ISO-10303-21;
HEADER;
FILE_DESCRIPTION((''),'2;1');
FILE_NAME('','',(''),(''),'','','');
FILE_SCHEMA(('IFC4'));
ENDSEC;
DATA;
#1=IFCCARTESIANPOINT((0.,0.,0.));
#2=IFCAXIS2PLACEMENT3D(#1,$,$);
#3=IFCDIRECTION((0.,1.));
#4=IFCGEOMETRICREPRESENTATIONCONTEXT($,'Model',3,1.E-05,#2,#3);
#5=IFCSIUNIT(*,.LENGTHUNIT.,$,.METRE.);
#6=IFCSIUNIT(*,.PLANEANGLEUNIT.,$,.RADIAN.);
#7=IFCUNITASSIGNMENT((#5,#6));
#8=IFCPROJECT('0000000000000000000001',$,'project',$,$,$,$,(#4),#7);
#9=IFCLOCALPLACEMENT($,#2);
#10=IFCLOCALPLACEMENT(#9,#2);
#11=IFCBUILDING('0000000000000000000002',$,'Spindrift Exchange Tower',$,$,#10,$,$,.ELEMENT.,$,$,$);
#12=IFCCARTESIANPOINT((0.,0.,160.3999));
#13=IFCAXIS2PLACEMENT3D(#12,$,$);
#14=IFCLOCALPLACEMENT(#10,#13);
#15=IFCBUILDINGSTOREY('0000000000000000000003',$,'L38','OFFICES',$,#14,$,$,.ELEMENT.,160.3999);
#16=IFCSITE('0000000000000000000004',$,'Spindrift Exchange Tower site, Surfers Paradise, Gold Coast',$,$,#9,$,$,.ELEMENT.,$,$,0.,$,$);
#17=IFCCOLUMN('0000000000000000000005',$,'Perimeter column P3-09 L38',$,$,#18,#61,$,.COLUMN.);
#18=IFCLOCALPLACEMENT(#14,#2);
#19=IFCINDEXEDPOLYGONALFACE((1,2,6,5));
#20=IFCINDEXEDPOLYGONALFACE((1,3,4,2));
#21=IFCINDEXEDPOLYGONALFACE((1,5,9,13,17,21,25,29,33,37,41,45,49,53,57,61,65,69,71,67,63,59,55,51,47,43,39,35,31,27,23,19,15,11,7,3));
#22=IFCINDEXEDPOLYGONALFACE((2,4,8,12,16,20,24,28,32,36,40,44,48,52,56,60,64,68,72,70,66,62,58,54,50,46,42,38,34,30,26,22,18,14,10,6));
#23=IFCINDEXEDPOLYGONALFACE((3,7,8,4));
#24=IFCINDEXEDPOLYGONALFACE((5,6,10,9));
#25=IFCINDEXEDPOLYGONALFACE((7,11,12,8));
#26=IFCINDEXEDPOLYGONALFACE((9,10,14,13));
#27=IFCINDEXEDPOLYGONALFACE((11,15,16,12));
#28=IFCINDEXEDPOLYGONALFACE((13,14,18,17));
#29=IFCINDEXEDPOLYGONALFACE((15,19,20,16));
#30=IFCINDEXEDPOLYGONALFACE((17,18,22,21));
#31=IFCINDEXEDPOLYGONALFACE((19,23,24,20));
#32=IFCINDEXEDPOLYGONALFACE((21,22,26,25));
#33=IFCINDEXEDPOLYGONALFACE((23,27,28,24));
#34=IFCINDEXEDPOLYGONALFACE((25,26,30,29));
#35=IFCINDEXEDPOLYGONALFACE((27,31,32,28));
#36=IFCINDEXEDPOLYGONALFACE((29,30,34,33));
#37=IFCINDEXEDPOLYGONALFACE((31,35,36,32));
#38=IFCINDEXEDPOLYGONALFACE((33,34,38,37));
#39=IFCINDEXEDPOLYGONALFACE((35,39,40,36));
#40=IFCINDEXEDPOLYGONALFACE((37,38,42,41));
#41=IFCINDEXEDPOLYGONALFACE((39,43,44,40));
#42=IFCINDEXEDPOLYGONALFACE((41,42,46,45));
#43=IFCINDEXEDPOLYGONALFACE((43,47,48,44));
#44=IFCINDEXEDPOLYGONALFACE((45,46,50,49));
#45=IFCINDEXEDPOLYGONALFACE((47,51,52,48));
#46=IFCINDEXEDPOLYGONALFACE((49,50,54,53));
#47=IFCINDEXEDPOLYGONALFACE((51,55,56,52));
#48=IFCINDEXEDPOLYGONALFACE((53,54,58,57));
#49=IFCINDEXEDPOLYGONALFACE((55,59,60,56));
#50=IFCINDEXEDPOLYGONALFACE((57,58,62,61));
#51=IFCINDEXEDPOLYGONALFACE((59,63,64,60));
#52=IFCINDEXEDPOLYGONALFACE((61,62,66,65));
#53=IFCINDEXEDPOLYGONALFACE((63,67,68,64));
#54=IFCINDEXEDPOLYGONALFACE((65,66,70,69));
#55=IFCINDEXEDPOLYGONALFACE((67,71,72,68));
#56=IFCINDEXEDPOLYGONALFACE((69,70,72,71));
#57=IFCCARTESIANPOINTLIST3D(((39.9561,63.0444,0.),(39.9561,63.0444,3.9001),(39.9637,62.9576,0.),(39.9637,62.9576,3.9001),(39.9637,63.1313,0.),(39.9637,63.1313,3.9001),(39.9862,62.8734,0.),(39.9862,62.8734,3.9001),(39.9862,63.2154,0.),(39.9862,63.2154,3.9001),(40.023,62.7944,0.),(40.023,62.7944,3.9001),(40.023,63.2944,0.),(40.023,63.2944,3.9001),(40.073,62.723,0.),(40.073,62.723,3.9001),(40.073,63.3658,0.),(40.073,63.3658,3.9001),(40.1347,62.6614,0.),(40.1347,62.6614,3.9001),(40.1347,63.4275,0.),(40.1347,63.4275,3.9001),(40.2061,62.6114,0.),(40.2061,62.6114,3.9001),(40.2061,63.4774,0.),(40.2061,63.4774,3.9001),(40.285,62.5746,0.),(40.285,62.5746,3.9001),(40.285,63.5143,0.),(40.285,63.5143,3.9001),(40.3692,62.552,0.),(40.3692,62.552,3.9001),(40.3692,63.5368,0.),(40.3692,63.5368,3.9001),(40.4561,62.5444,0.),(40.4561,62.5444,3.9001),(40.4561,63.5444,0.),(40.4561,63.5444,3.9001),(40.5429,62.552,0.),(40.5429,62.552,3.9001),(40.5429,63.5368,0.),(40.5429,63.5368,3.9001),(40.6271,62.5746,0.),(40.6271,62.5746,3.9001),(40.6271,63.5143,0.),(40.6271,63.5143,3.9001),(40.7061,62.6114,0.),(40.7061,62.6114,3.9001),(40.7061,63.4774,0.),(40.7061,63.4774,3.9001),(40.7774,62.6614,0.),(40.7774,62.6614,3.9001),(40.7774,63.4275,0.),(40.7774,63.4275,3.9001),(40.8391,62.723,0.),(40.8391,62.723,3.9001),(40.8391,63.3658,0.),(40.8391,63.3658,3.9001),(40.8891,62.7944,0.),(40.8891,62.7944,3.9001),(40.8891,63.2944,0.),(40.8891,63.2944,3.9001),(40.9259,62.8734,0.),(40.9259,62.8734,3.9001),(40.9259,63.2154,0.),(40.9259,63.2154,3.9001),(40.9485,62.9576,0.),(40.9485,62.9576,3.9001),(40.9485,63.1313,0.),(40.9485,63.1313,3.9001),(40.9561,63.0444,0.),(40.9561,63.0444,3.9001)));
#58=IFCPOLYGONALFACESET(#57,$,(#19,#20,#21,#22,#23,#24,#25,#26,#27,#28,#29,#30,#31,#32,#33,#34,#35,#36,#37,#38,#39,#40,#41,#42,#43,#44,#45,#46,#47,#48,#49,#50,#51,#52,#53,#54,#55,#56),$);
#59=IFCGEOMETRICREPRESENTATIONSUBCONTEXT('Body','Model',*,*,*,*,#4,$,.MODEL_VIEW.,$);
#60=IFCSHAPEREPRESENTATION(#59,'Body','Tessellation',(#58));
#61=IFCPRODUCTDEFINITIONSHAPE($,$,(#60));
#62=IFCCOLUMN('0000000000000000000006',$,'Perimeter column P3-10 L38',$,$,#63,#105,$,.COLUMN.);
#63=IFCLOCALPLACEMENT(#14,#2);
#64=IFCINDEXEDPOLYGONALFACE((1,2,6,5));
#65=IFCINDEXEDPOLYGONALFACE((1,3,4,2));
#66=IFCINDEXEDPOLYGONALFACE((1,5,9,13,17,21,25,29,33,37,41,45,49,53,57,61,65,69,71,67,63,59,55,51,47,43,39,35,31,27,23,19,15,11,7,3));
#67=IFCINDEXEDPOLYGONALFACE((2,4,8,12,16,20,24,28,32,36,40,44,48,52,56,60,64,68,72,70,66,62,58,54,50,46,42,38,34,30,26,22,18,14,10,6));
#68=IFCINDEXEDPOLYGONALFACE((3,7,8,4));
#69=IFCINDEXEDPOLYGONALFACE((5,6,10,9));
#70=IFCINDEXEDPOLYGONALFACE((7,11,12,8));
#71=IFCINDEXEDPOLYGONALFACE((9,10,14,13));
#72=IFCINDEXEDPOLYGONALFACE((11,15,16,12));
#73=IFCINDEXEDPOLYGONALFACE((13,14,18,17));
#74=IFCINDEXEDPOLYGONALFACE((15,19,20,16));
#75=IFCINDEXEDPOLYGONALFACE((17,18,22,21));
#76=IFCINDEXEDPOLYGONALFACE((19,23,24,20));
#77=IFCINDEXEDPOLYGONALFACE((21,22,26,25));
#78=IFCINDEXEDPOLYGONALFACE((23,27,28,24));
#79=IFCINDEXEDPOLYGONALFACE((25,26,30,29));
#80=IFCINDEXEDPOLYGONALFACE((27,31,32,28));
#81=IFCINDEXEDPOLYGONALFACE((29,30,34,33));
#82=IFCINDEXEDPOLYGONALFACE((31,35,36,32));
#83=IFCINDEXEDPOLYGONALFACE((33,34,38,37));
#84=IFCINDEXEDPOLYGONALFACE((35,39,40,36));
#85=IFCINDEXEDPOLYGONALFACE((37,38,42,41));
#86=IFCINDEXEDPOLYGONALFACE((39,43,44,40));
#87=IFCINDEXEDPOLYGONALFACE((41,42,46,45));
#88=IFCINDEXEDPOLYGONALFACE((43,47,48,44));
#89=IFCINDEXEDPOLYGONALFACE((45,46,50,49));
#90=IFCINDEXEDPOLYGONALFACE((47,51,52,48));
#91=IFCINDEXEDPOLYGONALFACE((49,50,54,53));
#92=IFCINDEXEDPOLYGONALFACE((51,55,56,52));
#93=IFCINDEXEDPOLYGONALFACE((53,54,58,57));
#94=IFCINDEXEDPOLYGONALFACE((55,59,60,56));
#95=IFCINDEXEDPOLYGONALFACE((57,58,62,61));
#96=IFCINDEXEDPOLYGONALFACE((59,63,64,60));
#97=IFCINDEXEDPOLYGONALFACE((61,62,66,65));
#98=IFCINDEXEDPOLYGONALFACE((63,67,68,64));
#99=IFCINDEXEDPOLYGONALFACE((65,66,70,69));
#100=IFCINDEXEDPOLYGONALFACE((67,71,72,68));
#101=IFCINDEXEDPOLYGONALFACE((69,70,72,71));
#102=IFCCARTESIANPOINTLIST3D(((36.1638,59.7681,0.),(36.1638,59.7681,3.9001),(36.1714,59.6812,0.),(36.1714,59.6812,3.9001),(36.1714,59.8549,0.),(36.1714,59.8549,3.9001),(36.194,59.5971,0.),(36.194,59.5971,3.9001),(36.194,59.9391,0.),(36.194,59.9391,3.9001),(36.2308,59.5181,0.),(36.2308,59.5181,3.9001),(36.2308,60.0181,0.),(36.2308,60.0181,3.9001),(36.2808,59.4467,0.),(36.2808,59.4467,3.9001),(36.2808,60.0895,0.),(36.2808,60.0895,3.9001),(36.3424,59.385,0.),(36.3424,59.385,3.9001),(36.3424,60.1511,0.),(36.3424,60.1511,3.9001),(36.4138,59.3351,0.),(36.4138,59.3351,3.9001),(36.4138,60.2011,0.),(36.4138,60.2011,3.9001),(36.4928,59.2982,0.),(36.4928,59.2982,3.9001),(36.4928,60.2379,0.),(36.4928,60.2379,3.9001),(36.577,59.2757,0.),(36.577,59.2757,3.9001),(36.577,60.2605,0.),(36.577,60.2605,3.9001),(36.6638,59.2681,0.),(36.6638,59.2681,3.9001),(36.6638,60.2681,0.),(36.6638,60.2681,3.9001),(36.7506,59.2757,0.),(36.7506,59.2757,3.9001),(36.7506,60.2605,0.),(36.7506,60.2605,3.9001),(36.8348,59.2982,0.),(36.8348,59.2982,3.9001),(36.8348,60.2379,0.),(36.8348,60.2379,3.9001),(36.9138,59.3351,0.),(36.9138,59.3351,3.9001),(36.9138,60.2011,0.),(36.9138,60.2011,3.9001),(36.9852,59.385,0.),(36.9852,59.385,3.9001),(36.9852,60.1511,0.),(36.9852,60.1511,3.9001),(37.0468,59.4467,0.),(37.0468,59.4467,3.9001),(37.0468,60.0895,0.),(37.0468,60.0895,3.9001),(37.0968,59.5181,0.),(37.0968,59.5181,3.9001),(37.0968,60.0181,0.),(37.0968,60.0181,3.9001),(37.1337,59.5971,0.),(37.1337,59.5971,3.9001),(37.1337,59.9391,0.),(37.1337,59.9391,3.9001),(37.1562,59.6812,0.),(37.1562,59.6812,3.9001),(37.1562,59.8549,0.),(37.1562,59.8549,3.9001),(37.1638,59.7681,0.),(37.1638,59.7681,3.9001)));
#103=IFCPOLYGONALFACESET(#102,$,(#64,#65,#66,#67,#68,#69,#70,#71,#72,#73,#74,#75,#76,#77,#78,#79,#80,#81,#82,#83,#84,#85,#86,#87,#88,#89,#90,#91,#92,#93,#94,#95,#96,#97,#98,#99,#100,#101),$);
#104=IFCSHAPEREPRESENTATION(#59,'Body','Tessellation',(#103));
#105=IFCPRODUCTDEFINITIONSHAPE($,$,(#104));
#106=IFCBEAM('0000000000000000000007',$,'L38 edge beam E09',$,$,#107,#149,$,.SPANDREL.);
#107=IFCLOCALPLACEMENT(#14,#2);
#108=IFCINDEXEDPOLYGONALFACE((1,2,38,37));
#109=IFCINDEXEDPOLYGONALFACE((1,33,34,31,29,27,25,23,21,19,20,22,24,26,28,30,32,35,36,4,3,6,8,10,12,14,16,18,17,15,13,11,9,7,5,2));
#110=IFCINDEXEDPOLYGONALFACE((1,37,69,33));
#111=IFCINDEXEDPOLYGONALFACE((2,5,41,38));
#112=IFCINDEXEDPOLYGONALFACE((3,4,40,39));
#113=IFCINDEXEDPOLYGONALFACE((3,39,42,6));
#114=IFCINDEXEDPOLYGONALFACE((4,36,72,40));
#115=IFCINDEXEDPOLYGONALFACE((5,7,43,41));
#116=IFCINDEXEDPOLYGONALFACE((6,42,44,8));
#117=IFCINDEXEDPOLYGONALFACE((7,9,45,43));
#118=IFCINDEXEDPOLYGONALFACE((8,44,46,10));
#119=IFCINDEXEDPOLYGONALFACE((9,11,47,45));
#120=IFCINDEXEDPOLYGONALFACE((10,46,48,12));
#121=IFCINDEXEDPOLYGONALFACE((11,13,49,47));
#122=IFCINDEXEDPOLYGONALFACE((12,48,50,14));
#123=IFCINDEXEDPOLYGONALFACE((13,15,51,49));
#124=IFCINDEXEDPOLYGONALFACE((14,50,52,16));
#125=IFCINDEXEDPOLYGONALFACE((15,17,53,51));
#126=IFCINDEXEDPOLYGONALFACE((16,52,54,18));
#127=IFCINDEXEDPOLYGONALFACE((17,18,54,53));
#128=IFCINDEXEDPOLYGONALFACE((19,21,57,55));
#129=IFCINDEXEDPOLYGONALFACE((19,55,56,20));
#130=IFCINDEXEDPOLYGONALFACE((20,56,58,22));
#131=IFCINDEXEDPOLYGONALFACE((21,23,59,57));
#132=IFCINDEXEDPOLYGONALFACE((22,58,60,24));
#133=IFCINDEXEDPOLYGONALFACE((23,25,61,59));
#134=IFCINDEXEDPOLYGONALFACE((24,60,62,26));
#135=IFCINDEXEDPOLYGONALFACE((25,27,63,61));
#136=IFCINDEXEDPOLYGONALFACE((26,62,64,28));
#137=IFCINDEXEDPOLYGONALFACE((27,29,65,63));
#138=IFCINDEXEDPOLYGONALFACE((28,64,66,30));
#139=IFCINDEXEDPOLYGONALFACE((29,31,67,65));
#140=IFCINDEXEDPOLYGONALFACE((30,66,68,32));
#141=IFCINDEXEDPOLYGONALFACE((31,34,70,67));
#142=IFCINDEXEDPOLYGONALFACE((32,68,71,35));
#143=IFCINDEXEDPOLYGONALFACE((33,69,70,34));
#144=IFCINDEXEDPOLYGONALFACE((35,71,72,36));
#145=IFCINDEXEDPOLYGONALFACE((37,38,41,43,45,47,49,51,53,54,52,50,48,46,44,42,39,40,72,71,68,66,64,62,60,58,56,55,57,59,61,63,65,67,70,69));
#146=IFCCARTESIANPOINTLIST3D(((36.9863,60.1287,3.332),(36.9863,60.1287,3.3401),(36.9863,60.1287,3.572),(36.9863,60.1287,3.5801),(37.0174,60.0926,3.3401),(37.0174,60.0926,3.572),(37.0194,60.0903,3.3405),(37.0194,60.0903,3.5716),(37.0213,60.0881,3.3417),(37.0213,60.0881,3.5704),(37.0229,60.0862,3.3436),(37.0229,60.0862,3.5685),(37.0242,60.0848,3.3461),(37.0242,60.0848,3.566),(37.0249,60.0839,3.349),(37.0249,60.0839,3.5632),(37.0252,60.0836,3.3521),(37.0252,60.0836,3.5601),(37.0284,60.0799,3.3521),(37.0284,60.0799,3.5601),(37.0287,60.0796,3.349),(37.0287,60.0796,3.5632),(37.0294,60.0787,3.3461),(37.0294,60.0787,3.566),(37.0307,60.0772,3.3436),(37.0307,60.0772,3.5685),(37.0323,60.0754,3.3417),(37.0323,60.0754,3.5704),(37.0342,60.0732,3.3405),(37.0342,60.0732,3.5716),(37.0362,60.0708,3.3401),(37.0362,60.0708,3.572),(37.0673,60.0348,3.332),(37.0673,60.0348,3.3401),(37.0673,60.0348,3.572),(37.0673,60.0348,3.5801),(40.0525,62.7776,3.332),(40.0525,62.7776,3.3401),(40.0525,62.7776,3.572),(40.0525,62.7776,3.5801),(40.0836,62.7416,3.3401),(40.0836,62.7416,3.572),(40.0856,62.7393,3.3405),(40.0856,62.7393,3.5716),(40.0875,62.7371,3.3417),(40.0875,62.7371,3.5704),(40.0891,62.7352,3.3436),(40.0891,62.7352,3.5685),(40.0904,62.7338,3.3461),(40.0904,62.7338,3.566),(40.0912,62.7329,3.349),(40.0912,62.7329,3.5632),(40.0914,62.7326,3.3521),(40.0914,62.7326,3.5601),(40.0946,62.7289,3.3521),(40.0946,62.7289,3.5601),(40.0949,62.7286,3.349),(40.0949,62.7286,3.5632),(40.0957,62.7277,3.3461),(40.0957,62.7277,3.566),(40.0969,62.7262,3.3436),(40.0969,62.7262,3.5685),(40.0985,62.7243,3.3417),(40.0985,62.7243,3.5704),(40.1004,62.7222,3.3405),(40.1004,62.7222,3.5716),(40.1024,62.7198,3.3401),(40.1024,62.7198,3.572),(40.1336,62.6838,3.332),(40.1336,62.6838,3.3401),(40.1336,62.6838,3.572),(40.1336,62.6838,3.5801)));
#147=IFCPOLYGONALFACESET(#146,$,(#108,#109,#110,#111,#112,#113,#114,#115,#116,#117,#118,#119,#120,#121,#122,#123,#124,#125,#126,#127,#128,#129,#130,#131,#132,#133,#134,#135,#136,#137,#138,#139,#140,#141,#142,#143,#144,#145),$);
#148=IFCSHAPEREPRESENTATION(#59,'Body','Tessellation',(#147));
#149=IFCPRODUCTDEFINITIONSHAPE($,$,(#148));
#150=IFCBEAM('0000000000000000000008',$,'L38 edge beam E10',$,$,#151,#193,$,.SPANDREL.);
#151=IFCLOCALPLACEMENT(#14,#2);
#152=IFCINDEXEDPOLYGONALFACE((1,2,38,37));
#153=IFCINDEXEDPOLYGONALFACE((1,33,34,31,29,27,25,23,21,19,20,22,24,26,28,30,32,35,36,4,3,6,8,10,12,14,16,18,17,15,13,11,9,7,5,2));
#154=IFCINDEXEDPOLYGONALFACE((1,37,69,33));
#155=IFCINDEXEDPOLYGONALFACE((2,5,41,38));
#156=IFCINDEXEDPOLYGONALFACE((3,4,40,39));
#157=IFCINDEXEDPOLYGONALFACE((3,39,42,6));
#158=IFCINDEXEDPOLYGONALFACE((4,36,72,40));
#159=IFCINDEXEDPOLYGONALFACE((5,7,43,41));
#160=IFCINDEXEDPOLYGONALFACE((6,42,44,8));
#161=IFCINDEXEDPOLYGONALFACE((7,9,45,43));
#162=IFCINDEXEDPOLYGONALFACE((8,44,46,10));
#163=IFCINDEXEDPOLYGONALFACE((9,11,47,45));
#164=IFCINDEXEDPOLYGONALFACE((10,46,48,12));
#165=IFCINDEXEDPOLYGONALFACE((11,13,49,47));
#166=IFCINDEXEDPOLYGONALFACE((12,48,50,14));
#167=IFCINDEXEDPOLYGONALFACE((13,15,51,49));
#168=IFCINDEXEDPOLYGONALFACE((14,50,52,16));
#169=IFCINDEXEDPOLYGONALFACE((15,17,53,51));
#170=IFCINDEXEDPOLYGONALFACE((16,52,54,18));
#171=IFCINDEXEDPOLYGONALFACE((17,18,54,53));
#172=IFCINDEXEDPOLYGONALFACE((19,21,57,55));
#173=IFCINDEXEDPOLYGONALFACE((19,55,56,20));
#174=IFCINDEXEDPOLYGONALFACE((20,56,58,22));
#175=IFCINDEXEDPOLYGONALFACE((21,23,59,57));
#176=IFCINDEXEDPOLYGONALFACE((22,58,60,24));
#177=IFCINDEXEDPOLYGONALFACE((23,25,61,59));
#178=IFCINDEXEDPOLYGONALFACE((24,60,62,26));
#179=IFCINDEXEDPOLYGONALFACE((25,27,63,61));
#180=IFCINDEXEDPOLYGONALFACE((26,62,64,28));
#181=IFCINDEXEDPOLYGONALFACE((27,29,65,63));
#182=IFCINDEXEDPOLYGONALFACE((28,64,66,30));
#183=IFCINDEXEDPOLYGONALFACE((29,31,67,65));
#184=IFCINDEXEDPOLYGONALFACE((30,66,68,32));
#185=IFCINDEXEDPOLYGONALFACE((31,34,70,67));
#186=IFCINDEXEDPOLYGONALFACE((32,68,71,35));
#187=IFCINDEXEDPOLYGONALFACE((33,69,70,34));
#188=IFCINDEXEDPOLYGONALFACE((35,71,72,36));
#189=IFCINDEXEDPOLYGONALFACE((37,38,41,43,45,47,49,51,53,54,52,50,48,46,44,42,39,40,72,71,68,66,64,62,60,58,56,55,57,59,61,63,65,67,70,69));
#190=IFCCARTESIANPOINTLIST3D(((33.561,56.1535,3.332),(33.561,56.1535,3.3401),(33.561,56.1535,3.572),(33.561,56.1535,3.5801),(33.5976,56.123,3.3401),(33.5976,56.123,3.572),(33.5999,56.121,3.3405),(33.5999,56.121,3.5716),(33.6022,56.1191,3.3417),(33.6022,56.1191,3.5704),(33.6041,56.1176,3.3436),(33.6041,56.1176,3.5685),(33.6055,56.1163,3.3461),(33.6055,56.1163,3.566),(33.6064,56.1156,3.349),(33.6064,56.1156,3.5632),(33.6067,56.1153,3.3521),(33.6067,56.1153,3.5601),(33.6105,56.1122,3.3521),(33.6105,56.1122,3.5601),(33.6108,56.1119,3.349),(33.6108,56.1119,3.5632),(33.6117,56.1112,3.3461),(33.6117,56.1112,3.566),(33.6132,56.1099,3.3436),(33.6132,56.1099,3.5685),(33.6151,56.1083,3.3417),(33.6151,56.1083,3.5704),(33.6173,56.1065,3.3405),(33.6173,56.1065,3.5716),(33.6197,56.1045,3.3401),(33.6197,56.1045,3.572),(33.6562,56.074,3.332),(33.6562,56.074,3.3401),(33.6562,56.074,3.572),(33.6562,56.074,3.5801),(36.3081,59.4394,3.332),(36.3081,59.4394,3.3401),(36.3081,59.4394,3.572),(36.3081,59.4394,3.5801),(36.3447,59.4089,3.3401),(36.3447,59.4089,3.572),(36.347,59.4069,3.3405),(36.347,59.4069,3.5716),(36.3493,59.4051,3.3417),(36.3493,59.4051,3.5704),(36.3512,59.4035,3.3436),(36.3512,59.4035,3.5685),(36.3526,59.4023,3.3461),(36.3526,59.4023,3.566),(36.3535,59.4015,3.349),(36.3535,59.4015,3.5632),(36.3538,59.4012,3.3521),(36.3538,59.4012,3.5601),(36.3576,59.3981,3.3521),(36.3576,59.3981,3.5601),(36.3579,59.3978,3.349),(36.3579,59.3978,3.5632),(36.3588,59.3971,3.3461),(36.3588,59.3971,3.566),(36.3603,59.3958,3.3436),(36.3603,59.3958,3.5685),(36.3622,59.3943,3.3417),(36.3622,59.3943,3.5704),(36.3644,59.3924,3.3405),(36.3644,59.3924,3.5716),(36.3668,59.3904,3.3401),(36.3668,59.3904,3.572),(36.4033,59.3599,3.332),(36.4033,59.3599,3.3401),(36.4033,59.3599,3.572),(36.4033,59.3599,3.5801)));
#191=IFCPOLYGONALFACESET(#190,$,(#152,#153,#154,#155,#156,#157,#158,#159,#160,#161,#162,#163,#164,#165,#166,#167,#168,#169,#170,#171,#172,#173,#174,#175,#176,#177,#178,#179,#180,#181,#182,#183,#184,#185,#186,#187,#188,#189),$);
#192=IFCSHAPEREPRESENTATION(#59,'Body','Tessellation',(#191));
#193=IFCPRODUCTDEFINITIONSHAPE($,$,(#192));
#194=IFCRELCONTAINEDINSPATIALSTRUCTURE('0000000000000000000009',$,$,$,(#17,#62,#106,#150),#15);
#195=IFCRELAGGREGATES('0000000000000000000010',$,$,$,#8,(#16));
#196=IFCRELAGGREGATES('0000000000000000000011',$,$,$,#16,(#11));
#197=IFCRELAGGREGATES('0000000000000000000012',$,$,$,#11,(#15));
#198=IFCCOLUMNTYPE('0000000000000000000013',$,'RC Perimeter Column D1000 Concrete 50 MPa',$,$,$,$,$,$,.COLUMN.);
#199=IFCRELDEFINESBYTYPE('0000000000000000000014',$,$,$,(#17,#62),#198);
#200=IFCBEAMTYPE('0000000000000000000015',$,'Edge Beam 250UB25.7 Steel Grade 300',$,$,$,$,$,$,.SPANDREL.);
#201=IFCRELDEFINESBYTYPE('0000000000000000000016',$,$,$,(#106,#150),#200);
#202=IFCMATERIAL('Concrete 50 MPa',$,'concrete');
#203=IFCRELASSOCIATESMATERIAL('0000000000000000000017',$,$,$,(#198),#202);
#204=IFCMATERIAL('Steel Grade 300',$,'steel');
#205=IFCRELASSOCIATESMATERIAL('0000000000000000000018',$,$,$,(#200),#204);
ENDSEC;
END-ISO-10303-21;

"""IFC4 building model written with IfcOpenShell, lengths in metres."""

from ifc_helpers import new_model, si_unit, direction, frame, origin, origin_2d, place, context, subcontext, project, spatial, circle, i_section, extrude, source, transform, mapped, material, material_profile, profile_set, type_object, element, save


model = new_model("IFC4")

# Units and contexts
model_context = context("Model", 3, precision=1e-05, world=origin(), true_north=direction((0.0, 1.0)))
body_context = subcontext(model_context, "Body", "Model", "MODEL_VIEW")
ifc_project = project(units=[si_unit("LENGTHUNIT", "METRE"), si_unit("PLANEANGLEUNIT", "RADIAN")], contexts=[model_context])

# Site, building, storey
site_placement = place(None, origin())
site = spatial("IfcSite", under=ifc_project, at=site_placement, Name="Spindrift Exchange Tower site, Surfers Paradise, Gold Coast", CompositionType="ELEMENT", RefElevation=0.0)
building_placement = place(site_placement, origin())
building = spatial("IfcBuilding", under=site, at=building_placement, Name="Spindrift Exchange Tower", CompositionType="ELEMENT")
storey_placement = place(building_placement, frame((0.0, 0.0, 160.3999)))
storey = spatial("IfcBuildingStorey", under=building, at=storey_placement, Name="L38", Description="OFFICES", CompositionType="ELEMENT", Elevation=160.3999)

# Columns
ifc_material_1 = material(Name="Concrete 50 MPa", Category="concrete")
ifc_material_profile_1 = material_profile(ifc_material_1, circle(Radius=0.5, at=origin_2d()), Name="RC D1000")
ifc_profile_set_1 = profile_set([ifc_material_profile_1], Name="Concrete 50 MPa")
column_type = type_object("IfcColumnType", Name="RC Perimeter Column D1000 Concrete 50 MPa", PredefinedType="COLUMN", material=ifc_profile_set_1)
shared_shape_1 = source(origin(), body_context, "Body", "SweptSolid", [
    extrude(circle(Radius=0.5, at=origin_2d()), origin(), (0.0, 0.0, 1.0), 3.9001),
])
for number, where, z_axis, x_axis, name in (
    (1, (40.4561, 63.0444, 0.0), (0.0, 0.0, 1.0), (1.0, 0.0, 0.0), "Perimeter column P3-09 L38"),
    (2, (36.6638, 59.7681, 0.0), (0.0, 0.0, 1.0), (1.0, 0.0, 0.0), "Perimeter column P3-10 L38"),
):
    element("IfcColumn", number, at=place(storey_placement, frame(where, z_axis=z_axis, x_axis=x_axis)), inside=storey, type_object=column_type, Name=name, PredefinedType="COLUMN", context=body_context, shape_type="MappedRepresentation", body=[
        mapped(shared_shape_1, transform((0.0, 0.0, 0.0), scale=1.0)),
    ])

# Beams
ifc_material_2 = material(Name="Steel Grade 300", Category="steel")
ifc_material_profile_2 = material_profile(ifc_material_2, i_section(OverallWidth=0.124, OverallDepth=0.248, WebThickness=0.0049, FlangeThickness=0.0081, FilletRadius=0.012, at=origin_2d()), Name="250UB25.7")
ifc_profile_set_2 = profile_set([ifc_material_profile_2], Name="Steel Grade 300")
beam_type = type_object("IfcBeamType", Name="Edge Beam 250UB25.7 Steel Grade 300", PredefinedType="SPANDREL", material=ifc_profile_set_2)
shared_shape_2 = source(origin(), body_context, "Body", "SweptSolid", [
    extrude(i_section(OverallWidth=0.124, OverallDepth=0.248, WebThickness=0.0049, FlangeThickness=0.0081, FilletRadius=0.012, at=origin_2d()), origin(), (0.0, 0.0, 1.0), 4.052),
])
beam_1_placement = place(storey_placement, frame((40.093, 62.7307, 3.4561), z_axis=(-0.756716, -0.653744, 0.0), x_axis=(0.653744, -0.756716, 0.0)))
element("IfcBeam", 3, at=beam_1_placement, inside=storey, type_object=beam_type, Name="L38 edge beam E09", PredefinedType="SPANDREL", context=body_context, shape_type="MappedRepresentation", body=[
    mapped(shared_shape_2, transform((0.0, 0.0, 0.0), scale=1.0)),
])
shared_shape_3 = source(origin(), body_context, "Body", "SweptSolid", [
    extrude(i_section(OverallWidth=0.124, OverallDepth=0.248, WebThickness=0.0049, FlangeThickness=0.0081, FilletRadius=0.012, at=origin_2d()), origin(), (0.0, 0.0, 1.0), 4.283),
])
beam_2_placement = place(storey_placement, frame((36.3557, 59.3997, 3.4561), z_axis=(-0.6414, -0.767206, 0.0), x_axis=(0.767206, -0.6414, 0.0)))
element("IfcBeam", 4, at=beam_2_placement, inside=storey, type_object=beam_type, Name="L38 edge beam E10", PredefinedType="SPANDREL", context=body_context, shape_type="MappedRepresentation", body=[
    mapped(shared_shape_3, transform((0.0, 0.0, 0.0), scale=1.0)),
])

save(model, "model.ifc")
